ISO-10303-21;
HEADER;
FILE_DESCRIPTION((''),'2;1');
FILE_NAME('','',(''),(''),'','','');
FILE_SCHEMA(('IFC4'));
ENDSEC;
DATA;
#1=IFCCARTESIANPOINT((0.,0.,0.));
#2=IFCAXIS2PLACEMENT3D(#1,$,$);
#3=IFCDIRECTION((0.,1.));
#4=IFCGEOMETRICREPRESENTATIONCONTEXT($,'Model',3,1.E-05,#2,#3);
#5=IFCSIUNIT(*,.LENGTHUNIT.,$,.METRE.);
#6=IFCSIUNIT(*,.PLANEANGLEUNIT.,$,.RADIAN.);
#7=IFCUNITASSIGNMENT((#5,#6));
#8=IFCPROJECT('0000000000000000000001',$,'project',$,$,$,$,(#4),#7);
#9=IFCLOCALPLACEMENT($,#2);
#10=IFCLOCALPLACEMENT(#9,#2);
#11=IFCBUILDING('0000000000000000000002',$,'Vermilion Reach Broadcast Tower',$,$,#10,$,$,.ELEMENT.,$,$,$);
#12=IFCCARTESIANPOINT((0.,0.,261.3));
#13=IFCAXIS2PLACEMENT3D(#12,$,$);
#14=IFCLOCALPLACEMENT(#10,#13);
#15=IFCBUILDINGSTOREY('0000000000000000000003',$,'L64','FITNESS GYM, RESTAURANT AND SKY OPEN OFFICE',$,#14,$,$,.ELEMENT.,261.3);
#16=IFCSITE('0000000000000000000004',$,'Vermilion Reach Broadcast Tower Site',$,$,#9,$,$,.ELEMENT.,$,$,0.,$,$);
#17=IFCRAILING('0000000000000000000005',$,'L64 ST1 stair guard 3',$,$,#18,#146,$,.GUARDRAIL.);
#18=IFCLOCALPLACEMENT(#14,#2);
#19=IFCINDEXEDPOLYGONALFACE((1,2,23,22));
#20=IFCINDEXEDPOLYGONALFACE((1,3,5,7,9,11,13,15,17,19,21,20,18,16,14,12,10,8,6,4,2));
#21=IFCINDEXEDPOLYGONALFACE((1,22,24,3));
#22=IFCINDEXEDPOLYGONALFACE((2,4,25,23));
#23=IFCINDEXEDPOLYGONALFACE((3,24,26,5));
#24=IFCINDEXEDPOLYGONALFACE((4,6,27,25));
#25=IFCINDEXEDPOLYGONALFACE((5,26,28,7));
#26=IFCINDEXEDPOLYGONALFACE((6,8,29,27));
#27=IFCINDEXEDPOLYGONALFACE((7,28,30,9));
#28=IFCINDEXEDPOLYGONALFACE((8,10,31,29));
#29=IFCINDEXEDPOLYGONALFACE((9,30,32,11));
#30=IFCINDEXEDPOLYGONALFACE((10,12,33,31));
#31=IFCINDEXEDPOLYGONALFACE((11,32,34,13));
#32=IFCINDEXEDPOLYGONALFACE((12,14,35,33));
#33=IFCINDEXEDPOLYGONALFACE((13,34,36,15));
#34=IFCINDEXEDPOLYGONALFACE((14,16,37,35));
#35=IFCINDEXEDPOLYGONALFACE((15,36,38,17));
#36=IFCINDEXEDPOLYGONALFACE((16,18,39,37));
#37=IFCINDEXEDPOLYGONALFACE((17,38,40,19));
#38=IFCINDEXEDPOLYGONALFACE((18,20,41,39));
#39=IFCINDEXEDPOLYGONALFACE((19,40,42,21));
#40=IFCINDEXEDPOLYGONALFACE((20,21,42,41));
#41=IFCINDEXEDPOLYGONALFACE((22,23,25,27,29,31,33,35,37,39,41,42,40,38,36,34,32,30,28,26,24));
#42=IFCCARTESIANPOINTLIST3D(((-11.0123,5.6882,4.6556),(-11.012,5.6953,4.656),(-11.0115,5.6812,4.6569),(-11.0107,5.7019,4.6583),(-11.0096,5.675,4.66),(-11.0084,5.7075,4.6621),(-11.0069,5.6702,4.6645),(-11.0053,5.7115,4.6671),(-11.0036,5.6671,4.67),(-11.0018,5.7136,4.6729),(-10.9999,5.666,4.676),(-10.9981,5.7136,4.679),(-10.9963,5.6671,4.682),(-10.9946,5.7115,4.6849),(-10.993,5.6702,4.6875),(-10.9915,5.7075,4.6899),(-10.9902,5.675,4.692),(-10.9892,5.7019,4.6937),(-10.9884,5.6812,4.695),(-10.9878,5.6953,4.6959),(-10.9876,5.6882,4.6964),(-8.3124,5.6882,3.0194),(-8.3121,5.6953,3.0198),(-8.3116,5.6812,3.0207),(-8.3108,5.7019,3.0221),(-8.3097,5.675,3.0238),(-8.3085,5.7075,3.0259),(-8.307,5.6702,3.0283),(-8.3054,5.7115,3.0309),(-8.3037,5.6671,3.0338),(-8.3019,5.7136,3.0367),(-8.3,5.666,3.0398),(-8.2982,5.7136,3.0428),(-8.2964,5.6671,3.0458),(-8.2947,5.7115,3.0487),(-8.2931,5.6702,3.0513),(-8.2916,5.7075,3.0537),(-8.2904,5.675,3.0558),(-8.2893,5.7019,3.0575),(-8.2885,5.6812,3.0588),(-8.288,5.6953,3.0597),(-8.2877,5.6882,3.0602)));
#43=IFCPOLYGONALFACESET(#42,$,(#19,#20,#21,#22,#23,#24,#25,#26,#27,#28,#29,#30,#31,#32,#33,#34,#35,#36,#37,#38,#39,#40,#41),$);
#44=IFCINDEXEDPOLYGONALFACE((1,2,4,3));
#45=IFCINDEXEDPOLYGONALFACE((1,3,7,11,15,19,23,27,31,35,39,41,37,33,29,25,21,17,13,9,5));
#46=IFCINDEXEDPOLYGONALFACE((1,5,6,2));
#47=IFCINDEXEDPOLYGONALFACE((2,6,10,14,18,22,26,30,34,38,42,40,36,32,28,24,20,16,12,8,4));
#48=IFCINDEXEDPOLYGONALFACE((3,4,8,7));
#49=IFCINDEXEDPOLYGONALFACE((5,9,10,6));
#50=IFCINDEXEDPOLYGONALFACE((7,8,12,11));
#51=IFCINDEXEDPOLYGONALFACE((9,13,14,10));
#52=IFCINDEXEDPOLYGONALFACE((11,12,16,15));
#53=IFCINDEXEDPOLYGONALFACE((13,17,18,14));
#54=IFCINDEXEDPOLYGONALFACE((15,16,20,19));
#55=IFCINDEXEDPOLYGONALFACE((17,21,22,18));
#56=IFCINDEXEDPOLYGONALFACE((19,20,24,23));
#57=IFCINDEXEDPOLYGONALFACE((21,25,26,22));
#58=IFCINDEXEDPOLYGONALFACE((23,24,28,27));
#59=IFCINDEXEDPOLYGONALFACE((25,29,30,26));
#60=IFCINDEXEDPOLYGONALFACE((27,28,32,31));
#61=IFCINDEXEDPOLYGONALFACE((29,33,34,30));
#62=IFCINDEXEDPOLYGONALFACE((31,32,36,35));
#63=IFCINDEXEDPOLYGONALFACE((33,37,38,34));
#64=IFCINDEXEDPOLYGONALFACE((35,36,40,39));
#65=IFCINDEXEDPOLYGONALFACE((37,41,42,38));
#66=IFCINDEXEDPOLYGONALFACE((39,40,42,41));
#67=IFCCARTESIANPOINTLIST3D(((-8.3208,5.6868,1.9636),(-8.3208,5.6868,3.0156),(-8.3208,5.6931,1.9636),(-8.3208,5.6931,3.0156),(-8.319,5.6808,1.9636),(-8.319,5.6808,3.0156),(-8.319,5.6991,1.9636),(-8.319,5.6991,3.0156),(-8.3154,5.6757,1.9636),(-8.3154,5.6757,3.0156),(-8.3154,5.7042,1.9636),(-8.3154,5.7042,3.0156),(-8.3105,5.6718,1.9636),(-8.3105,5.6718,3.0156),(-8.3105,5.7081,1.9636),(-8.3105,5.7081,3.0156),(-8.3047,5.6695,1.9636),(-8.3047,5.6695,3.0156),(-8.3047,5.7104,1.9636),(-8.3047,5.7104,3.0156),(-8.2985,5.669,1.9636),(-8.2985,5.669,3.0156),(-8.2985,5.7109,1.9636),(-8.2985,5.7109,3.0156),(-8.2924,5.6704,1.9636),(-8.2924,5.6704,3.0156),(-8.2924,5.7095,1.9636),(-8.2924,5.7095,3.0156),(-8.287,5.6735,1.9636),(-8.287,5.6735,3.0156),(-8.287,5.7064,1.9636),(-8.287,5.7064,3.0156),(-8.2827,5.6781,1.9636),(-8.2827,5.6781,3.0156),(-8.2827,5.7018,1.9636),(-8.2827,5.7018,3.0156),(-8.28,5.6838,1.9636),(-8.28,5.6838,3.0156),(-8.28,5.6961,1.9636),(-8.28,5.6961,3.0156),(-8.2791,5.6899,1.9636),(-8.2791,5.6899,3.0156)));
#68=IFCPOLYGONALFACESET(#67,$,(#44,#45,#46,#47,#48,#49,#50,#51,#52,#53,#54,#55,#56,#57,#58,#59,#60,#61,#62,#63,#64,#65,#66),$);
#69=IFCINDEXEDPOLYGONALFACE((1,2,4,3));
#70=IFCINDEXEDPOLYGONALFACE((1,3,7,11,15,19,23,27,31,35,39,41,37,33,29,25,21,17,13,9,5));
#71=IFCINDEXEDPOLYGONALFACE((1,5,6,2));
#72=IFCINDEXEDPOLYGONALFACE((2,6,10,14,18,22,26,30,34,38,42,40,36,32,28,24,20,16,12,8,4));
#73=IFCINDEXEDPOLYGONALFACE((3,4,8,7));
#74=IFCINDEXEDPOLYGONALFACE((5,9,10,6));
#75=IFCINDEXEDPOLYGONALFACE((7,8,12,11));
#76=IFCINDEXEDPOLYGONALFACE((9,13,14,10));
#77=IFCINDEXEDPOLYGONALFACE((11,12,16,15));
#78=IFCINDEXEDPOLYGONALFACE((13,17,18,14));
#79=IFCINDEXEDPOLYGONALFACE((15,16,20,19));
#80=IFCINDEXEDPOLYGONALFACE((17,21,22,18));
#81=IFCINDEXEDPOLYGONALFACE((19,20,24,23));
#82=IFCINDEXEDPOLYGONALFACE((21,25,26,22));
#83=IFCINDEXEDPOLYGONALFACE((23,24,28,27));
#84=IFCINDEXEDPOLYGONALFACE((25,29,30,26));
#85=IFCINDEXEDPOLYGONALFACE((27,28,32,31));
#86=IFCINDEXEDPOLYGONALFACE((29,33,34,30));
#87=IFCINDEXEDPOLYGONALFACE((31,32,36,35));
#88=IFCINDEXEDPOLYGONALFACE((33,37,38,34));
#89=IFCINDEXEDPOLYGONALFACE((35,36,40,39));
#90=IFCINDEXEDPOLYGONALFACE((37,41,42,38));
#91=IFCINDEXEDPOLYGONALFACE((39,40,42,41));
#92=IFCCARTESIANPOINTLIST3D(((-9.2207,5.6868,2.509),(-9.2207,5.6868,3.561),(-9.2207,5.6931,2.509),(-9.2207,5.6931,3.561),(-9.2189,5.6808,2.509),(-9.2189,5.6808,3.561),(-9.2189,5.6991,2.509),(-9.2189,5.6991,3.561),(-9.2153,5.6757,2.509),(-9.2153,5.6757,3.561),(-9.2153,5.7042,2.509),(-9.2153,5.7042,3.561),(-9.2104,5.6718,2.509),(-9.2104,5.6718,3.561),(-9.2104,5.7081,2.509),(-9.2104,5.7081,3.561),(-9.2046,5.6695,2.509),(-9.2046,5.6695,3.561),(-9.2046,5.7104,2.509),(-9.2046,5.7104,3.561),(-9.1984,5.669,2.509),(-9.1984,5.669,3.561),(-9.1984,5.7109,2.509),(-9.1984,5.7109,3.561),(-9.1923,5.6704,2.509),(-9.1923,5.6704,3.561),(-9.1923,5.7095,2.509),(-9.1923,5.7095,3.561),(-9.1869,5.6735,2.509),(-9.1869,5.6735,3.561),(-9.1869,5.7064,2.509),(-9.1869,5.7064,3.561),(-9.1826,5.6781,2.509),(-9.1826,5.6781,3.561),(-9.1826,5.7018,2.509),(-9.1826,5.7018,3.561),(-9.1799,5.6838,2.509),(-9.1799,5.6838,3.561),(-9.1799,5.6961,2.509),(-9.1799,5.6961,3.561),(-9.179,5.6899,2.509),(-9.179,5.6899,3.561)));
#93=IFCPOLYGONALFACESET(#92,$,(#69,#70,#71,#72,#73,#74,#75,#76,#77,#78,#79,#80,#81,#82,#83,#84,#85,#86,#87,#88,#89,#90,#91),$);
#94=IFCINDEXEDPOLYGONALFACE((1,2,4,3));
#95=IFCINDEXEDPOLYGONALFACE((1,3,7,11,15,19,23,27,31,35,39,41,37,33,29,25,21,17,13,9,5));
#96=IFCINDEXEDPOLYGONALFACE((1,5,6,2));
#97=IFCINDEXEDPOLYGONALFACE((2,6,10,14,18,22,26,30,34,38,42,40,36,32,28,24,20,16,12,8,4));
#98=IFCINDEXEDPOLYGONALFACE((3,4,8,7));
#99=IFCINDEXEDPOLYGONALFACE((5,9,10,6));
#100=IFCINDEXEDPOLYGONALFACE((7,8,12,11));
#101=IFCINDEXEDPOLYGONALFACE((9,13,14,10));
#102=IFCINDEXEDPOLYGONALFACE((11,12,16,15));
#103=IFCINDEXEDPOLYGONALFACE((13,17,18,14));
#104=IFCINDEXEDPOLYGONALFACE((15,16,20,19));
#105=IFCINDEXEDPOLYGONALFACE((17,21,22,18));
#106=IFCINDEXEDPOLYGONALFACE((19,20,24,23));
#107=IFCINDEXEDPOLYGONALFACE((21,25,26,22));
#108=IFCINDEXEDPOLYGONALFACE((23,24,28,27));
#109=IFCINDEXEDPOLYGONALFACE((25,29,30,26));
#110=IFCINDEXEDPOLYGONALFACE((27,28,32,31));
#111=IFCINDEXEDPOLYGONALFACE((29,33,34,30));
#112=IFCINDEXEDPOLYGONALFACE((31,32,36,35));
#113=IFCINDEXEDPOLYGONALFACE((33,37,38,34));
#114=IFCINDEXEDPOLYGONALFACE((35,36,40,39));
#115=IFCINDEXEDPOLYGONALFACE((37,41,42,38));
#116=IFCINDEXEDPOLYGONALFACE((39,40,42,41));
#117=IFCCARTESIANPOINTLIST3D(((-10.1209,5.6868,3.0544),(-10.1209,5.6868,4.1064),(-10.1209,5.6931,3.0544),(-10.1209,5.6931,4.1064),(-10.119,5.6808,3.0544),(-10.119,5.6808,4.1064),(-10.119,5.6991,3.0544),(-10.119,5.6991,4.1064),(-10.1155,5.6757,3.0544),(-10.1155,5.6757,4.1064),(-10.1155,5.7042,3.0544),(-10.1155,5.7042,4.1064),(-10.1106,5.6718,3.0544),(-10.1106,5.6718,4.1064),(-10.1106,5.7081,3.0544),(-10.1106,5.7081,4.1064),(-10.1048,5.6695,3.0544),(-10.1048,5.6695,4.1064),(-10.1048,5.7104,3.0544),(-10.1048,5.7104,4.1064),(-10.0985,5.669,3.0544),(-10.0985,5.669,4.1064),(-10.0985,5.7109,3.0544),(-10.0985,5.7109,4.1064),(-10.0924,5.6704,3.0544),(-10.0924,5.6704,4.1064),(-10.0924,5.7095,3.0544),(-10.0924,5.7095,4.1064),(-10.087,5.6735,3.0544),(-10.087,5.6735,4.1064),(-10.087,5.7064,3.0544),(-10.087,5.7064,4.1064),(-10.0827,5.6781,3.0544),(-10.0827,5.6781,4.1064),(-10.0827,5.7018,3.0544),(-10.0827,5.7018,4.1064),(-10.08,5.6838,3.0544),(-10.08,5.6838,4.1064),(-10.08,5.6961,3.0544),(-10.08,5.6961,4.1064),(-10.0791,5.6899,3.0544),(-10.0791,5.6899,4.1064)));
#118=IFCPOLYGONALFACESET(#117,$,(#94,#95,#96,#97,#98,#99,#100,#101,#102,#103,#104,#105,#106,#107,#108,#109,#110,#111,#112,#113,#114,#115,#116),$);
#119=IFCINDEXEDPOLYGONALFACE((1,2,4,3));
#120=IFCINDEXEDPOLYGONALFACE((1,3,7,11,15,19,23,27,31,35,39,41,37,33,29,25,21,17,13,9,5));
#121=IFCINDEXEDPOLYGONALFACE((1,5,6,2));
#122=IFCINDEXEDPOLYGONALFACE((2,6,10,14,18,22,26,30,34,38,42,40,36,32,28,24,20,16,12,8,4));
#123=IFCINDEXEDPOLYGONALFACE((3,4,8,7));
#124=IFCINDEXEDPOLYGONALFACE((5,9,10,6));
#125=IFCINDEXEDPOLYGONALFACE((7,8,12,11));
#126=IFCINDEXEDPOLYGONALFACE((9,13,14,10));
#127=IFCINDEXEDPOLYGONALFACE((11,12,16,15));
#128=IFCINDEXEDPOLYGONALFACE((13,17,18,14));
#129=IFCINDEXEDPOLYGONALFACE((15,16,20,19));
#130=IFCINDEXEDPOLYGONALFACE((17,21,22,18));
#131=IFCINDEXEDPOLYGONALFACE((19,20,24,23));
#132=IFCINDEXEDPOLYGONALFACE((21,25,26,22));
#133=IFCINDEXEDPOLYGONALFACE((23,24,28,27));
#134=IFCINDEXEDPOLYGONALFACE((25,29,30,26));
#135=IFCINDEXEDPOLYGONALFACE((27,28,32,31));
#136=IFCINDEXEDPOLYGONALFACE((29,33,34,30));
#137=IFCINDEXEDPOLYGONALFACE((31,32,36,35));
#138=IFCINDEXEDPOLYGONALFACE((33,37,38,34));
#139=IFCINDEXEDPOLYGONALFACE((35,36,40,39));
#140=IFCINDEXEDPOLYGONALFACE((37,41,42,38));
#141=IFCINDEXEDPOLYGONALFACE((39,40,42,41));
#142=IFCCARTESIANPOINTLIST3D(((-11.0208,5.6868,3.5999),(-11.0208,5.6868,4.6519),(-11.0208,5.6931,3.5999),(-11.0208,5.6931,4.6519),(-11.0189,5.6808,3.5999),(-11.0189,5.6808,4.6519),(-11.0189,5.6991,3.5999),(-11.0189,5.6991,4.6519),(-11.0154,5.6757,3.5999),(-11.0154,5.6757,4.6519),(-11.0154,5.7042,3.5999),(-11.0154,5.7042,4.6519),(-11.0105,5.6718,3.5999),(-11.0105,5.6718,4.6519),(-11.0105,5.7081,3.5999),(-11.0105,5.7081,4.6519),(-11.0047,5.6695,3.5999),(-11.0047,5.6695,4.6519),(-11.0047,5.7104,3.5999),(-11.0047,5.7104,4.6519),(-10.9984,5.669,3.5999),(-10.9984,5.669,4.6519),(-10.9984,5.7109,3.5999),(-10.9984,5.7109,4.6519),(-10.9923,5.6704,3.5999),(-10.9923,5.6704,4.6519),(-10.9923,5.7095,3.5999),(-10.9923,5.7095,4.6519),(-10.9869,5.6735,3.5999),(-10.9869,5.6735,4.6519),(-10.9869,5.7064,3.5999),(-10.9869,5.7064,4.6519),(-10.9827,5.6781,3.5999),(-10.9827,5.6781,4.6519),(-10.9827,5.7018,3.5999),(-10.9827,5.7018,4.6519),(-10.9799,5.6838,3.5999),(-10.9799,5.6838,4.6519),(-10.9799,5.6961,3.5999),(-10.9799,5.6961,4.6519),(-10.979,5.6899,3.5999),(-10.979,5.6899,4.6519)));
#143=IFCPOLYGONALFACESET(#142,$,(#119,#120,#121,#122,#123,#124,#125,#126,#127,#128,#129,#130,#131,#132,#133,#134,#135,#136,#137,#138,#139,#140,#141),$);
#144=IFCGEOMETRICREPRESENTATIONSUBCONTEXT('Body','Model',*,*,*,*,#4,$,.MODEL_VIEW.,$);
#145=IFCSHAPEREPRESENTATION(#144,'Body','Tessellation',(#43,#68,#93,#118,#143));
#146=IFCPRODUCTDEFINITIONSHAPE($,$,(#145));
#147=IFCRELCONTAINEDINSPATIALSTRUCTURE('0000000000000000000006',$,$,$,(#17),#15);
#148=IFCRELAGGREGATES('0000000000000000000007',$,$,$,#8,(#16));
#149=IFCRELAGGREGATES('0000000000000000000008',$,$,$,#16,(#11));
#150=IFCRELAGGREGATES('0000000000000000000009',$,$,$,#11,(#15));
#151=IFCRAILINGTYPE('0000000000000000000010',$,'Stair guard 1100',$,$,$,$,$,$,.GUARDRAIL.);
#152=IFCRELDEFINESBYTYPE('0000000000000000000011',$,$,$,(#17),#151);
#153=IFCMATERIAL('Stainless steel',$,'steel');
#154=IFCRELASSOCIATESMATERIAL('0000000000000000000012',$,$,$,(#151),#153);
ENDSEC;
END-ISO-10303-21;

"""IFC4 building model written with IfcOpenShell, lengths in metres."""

from ifc_helpers import new_model, si_unit, direction, frame, origin, origin_2d, place, context, subcontext, project, spatial, circle, extrude, material, type_object, element, save


model = new_model("IFC4")

# Units and contexts
model_context = context("Model", 3, precision=1e-05, world=origin(), true_north=direction((0.0, 1.0)))
body_context = subcontext(model_context, "Body", "Model", "MODEL_VIEW")
ifc_project = project(units=[si_unit("LENGTHUNIT", "METRE"), si_unit("PLANEANGLEUNIT", "RADIAN")], contexts=[model_context])

# Site, building, storey
site_placement = place(None, origin())
site = spatial("IfcSite", under=ifc_project, at=site_placement, Name="Vermilion Reach Broadcast Tower Site", CompositionType="ELEMENT", RefElevation=0.0)
building_placement = place(site_placement, origin())
building = spatial("IfcBuilding", under=site, at=building_placement, Name="Vermilion Reach Broadcast Tower", CompositionType="ELEMENT")
storey_placement = place(building_placement, frame((0.0, 0.0, 261.3)))
storey = spatial("IfcBuildingStorey", under=building, at=storey_placement, Name="L64", Description="FITNESS GYM, RESTAURANT AND SKY OPEN OFFICE", CompositionType="ELEMENT", Elevation=261.3)

# Railing
ifc_material_1 = material(Name="Stainless steel", Category="steel")
railing_type_1 = type_object("IfcRailingType", Name="Stair guard 1100", PredefinedType="GUARDRAIL", material=ifc_material_1)
railing_1_placement = place(storey_placement, frame((-8.3, 5.6899, 1.9636)))
element("IfcRailing", 1, at=railing_1_placement, inside=storey, type_object=railing_type_1, Name="L64 ST1 stair guard 3", PredefinedType="GUARDRAIL", context=body_context, shape_type="SweptSolid", body=[
    extrude(circle(Radius=0.0239, at=origin_2d()), frame((0.0, 0.0, 1.0762), z_axis=(-0.855212, 0.0, 0.518278), x_axis=(0.0, -1.0, 0.0)), (0.0, 0.0, 1.0), 3.157),
    extrude(circle(Radius=0.021, at=origin_2d()), origin(), (0.0, 0.0, 1.0), 1.052),
    extrude(circle(Radius=0.021, at=origin_2d()), frame((-0.8999, 0.0, 0.5454)), (0.0, 0.0, 1.0), 1.052),
    extrude(circle(Radius=0.021, at=origin_2d()), frame((-1.8, 0.0, 1.0908)), (0.0, 0.0, 1.0), 1.052),
    extrude(circle(Radius=0.021, at=origin_2d()), frame((-2.7, 0.0, 1.6362)), (0.0, 0.0, 1.0), 1.052),
])

save(model, "model.ifc")
